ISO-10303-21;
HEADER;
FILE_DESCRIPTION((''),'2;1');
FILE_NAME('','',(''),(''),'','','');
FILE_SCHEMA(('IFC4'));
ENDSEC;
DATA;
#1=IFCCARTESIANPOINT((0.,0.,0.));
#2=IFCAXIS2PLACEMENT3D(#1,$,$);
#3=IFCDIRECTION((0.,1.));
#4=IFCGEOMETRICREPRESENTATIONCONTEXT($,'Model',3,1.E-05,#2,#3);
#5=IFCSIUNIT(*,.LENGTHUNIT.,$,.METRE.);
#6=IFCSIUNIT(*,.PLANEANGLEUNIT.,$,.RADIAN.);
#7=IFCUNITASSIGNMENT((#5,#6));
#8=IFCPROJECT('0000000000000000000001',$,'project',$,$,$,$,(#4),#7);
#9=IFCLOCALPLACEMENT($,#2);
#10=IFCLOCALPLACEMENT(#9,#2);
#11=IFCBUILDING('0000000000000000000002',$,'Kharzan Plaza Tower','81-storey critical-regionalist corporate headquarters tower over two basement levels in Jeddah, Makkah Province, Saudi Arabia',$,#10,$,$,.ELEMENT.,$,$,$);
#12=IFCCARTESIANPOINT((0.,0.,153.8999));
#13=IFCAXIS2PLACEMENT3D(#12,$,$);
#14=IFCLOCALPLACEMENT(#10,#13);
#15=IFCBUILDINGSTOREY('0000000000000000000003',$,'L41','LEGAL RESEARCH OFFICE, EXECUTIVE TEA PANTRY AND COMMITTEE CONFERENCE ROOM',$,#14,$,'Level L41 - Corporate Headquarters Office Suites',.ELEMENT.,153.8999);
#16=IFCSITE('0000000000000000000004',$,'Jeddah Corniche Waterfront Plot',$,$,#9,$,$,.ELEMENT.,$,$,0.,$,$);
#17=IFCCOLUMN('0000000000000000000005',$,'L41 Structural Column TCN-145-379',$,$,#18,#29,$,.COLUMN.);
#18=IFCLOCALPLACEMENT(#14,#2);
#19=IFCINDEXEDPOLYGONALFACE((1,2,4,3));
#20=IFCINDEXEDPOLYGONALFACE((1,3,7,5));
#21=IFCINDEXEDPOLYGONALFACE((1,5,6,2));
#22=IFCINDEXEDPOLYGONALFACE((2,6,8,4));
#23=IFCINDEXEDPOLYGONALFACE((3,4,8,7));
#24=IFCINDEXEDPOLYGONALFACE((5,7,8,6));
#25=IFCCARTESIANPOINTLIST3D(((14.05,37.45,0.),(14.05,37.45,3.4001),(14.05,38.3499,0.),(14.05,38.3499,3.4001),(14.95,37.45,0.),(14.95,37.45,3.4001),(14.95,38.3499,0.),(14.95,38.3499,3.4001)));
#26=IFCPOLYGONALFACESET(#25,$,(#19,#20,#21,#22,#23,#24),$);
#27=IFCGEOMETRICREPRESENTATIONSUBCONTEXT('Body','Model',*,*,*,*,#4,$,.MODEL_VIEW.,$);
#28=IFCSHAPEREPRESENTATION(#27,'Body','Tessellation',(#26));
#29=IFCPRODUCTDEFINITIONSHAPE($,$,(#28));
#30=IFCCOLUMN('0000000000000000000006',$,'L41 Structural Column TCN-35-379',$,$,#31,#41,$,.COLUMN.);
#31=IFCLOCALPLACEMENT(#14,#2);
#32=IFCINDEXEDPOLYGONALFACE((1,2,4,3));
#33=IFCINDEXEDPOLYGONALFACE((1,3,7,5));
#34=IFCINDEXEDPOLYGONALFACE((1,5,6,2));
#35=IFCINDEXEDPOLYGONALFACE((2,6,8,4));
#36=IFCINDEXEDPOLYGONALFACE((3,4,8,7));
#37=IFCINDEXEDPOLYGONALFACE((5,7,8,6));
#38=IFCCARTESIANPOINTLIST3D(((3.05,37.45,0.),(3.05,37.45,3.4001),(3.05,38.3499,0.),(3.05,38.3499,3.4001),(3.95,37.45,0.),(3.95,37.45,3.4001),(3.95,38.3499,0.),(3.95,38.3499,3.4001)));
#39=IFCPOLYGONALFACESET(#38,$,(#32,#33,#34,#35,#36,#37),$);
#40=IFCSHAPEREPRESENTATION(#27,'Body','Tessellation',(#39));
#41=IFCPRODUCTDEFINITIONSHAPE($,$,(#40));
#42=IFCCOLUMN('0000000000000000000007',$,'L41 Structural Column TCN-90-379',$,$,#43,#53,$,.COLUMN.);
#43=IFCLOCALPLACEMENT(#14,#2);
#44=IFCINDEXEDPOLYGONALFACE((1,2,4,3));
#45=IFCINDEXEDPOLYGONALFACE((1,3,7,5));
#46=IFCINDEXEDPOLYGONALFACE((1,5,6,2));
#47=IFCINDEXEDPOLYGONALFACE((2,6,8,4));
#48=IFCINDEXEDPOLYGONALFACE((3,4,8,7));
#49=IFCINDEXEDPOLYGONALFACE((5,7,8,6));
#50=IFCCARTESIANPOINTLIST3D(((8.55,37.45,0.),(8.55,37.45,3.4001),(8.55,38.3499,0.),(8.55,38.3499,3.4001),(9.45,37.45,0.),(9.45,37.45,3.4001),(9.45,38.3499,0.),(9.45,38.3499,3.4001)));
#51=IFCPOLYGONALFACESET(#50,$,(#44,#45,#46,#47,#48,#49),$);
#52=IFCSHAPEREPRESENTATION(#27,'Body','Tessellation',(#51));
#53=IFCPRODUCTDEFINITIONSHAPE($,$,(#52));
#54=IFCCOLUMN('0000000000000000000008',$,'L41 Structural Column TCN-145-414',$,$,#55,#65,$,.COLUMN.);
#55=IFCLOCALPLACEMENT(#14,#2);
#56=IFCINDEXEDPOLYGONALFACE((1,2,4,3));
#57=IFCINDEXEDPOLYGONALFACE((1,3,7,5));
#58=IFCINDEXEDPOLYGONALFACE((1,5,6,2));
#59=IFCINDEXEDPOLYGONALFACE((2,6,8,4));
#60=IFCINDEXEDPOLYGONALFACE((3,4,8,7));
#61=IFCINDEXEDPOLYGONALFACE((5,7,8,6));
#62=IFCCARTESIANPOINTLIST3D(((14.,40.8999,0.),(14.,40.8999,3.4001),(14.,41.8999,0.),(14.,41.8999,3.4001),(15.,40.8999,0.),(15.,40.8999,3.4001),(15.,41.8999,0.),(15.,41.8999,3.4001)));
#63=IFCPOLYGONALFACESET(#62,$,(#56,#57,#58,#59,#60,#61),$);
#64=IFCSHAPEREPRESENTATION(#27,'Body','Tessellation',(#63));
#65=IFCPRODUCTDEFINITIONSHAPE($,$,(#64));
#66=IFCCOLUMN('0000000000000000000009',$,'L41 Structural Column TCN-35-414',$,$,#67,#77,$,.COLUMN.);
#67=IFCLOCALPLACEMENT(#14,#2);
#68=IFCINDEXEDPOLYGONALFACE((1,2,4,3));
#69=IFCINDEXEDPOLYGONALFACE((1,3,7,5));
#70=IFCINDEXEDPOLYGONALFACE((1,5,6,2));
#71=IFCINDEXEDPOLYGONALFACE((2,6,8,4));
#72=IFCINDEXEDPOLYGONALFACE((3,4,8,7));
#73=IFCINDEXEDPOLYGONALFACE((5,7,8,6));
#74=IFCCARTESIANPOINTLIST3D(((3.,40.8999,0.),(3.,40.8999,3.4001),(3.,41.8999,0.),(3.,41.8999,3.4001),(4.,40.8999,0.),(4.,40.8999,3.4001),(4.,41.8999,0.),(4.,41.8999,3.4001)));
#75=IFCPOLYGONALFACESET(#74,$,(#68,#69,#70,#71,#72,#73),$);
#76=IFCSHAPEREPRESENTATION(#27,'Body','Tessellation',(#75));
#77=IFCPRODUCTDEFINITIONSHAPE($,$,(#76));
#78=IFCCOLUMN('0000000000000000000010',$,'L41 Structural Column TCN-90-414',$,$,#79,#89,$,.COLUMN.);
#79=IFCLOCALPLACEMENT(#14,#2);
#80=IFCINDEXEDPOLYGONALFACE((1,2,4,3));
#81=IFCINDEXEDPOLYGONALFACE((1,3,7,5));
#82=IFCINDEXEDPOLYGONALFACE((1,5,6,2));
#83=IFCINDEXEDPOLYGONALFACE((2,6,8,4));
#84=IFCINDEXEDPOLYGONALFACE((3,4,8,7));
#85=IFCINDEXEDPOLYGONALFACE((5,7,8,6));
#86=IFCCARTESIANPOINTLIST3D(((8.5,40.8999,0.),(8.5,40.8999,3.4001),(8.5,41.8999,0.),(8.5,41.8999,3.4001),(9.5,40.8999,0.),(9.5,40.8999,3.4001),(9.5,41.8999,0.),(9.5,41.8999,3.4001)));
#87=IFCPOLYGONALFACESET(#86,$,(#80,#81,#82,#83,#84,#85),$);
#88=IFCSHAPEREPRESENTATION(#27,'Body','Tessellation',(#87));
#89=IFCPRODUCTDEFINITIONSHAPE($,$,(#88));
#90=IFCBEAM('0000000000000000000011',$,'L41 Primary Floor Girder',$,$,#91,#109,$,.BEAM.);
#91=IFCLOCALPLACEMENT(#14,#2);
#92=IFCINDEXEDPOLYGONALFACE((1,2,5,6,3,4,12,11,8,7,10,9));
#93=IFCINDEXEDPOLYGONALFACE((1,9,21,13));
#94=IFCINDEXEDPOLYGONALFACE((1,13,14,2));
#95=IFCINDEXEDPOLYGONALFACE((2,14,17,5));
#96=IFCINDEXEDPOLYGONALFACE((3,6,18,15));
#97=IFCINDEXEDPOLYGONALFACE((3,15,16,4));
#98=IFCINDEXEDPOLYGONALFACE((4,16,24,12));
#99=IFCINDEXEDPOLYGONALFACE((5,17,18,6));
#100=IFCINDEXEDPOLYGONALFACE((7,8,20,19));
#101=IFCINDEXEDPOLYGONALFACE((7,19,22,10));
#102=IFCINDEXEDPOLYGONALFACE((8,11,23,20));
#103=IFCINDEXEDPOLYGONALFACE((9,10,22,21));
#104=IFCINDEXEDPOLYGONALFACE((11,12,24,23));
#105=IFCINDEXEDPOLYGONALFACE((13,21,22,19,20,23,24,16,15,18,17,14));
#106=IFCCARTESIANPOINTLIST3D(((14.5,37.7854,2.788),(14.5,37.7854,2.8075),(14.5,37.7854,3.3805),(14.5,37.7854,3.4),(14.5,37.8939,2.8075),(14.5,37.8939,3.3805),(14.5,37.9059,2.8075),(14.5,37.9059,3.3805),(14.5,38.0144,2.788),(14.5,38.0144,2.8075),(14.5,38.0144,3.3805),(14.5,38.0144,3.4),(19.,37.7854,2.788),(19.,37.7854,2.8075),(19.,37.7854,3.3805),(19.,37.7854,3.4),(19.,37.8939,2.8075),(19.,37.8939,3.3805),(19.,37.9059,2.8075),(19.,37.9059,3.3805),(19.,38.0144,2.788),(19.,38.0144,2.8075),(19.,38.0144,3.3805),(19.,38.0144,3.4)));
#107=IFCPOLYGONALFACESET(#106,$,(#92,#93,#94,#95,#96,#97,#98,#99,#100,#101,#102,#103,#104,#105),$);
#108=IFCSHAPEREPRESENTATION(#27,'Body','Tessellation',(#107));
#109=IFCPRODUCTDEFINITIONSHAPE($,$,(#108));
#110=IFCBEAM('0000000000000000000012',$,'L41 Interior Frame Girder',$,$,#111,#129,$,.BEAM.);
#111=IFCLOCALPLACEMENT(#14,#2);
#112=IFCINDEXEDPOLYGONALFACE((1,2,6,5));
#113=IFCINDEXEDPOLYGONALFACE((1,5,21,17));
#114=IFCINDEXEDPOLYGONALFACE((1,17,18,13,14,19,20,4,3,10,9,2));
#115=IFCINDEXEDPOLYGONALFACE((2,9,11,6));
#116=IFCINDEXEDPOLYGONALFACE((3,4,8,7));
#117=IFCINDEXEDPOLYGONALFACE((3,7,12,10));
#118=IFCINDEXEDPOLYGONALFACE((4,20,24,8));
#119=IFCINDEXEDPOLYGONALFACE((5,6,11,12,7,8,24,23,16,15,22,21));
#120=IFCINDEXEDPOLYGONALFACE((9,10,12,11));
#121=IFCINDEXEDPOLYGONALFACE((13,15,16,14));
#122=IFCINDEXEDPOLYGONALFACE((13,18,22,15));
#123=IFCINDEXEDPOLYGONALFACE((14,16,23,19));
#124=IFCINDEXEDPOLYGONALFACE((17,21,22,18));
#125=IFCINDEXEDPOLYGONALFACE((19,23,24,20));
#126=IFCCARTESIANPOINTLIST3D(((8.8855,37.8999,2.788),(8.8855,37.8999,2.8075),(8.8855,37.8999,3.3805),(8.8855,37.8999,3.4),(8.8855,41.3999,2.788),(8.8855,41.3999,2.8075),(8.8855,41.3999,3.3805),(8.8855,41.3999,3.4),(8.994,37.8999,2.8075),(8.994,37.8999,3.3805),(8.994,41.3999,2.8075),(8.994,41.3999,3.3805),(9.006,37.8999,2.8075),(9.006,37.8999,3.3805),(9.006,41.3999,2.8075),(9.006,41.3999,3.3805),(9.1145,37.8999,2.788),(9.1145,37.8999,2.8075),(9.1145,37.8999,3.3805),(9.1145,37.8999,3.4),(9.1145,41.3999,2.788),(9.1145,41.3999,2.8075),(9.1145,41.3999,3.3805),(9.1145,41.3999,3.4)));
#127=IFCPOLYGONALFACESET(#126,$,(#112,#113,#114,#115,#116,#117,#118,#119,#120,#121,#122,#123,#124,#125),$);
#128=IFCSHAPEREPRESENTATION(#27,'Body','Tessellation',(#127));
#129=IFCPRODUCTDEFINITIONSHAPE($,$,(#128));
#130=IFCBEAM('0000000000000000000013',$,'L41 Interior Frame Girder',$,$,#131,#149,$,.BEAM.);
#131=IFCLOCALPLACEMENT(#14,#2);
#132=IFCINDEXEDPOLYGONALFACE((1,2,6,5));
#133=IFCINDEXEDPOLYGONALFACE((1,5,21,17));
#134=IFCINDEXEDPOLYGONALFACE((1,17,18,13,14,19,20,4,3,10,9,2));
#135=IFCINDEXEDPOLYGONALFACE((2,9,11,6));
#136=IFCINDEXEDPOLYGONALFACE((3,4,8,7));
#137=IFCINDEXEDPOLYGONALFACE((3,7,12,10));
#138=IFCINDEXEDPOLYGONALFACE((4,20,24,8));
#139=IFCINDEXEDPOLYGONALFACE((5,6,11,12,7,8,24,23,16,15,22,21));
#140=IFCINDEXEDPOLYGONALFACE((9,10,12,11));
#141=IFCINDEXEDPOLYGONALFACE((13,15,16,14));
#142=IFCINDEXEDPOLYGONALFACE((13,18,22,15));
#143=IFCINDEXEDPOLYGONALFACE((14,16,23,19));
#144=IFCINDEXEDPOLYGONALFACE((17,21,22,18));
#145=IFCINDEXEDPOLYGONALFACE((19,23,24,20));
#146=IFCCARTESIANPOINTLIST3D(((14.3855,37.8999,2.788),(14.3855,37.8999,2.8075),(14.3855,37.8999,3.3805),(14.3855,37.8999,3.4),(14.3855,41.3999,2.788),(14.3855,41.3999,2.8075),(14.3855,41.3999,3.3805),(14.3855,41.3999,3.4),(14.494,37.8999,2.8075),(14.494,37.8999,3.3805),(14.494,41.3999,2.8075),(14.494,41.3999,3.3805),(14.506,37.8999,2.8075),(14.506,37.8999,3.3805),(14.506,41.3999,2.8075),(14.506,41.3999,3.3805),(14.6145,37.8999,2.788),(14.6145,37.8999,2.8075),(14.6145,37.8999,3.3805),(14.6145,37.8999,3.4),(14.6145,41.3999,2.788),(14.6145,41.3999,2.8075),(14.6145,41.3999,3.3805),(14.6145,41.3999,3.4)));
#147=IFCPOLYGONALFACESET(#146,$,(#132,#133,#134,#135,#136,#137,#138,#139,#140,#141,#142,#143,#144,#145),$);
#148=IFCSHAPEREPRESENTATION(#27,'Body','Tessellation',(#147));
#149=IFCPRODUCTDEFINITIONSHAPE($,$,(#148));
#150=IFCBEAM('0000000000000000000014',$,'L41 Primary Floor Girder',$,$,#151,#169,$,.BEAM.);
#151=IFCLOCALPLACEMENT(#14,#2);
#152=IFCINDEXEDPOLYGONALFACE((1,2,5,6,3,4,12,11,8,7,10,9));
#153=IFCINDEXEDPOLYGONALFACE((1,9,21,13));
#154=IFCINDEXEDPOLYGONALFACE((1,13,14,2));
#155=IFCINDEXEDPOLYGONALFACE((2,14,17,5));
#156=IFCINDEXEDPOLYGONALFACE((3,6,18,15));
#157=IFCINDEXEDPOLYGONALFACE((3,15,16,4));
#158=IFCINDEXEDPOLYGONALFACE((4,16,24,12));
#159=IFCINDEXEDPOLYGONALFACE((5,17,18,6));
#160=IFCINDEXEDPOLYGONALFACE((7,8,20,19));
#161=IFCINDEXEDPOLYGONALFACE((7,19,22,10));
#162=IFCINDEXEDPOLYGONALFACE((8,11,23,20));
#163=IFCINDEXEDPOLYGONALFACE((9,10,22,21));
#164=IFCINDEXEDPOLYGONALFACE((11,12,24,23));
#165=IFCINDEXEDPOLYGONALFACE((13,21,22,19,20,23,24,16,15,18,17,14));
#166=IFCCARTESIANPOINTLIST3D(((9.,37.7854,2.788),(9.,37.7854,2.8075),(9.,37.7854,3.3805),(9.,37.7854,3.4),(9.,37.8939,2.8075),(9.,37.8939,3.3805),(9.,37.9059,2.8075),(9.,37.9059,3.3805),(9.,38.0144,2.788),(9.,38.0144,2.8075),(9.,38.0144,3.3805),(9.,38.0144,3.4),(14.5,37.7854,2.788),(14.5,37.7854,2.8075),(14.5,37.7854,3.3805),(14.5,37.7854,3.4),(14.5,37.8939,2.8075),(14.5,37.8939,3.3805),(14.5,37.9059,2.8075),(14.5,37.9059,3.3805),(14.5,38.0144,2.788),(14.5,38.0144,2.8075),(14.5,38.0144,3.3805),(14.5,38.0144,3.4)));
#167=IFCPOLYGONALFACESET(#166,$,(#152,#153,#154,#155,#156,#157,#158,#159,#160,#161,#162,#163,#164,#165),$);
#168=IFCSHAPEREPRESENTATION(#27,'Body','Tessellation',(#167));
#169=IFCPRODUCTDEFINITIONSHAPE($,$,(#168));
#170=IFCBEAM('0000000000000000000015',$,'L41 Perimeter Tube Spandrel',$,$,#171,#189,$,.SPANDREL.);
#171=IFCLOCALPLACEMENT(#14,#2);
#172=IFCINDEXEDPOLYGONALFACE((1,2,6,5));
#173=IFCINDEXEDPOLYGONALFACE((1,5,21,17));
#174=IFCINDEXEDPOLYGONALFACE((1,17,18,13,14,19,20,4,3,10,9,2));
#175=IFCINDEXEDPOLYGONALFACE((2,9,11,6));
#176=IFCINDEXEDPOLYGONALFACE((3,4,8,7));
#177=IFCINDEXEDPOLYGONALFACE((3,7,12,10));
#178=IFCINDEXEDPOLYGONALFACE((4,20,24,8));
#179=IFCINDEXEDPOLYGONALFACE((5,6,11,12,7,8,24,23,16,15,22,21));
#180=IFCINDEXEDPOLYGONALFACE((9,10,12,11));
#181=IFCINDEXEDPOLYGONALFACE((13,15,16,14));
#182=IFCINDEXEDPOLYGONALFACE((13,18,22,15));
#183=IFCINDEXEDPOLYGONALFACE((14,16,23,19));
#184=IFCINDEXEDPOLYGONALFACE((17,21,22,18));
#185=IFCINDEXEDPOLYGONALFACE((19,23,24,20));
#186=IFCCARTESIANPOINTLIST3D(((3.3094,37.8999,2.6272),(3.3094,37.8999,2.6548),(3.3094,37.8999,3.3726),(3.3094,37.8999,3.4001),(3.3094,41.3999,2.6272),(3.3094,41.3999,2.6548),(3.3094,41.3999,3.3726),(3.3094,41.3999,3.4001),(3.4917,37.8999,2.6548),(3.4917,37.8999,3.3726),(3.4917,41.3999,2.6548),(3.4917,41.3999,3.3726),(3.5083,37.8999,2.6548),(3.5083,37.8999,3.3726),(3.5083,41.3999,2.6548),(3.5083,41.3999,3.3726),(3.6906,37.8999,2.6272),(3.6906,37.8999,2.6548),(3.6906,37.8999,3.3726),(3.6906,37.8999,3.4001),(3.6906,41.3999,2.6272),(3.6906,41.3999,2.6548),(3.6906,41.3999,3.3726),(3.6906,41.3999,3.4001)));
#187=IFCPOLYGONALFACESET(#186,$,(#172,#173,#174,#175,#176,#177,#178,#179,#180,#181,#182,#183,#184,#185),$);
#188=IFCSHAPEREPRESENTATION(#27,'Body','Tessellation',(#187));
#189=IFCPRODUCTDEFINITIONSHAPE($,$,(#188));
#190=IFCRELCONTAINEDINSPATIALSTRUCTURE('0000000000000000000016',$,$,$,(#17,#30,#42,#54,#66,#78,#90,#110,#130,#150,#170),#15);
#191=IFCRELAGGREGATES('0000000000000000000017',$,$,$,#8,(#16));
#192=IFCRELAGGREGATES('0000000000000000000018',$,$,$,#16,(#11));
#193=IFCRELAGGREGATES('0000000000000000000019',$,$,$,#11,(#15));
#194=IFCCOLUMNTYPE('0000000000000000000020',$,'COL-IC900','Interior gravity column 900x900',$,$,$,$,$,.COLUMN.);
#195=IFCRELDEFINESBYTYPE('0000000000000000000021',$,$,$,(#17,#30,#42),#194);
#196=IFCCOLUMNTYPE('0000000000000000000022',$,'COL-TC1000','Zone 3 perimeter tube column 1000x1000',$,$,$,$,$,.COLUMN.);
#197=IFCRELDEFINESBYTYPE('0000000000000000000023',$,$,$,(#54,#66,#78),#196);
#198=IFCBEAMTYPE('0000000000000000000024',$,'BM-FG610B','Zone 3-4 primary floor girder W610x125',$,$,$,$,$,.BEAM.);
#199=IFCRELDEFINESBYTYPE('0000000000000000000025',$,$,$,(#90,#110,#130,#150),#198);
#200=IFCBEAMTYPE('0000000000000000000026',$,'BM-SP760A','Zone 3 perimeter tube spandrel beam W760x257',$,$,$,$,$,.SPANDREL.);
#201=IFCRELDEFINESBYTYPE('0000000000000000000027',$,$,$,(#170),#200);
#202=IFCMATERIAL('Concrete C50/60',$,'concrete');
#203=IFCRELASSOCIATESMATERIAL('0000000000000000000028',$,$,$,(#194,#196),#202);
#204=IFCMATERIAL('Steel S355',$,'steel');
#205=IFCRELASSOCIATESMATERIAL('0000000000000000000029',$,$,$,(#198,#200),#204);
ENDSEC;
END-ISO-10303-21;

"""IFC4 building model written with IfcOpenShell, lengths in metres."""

from ifc_helpers import new_model, si_unit, direction, frame, origin, origin_2d, place, context, subcontext, project, spatial, rectangle, i_section, extrude, source, transform, mapped, material, material_profile, profile_set, type_object, element, save


model = new_model("IFC4")

# Units and contexts
model_context = context("Model", 3, precision=1e-05, world=origin(), true_north=direction((0.0, 1.0)))
body_context = subcontext(model_context, "Body", "Model", "MODEL_VIEW")
ifc_project = project(units=[si_unit("LENGTHUNIT", "METRE"), si_unit("PLANEANGLEUNIT", "RADIAN")], contexts=[model_context])

# Site, building, storey
site_placement = place(None, origin())
site = spatial("IfcSite", under=ifc_project, at=site_placement, Name="Jeddah Corniche Waterfront Plot", CompositionType="ELEMENT", RefElevation=0.0)
building_placement = place(site_placement, origin())
building = spatial("IfcBuilding", under=site, at=building_placement, Name="Kharzan Plaza Tower", Description="81-storey critical-regionalist corporate headquarters tower over two basement levels in Jeddah, Makkah Province, Saudi Arabia", CompositionType="ELEMENT")
storey_placement = place(building_placement, frame((0.0, 0.0, 153.8999)))
storey = spatial("IfcBuildingStorey", under=building, at=storey_placement, Name="L41", Description="LEGAL RESEARCH OFFICE, EXECUTIVE TEA PANTRY AND COMMITTEE CONFERENCE ROOM", LongName="Level L41 - Corporate Headquarters Office Suites", CompositionType="ELEMENT", Elevation=153.8999)

# Columns
ifc_material_1 = material(Name="Concrete C50/60", Category="concrete")
ifc_material_profile_1 = material_profile(ifc_material_1, rectangle(XDim=0.8999, YDim=0.8999, at=origin_2d()), Name="RC-IC900x900")
ifc_profile_set_1 = profile_set([ifc_material_profile_1], Name="Concrete C50/60")
column_type_1 = type_object("IfcColumnType", Name="COL-IC900", Description="Interior gravity column 900x900", PredefinedType="COLUMN", material=ifc_profile_set_1)
shared_shape_1 = source(origin(), body_context, "Body", "SweptSolid", [
    extrude(rectangle(XDim=0.8999, YDim=0.8999, at=origin_2d()), origin(), (0.0, 0.0, 1.0), 3.4001),
])
for number, where, z_axis, x_axis, name in (
    (1, (14.5, 37.8999, 0.0), (0.0, 0.0, 1.0), (1.0, 0.0, 0.0), "L41 Structural Column TCN-145-379"),
    (2, (3.5, 37.8999, 0.0), (0.0, 0.0, 1.0), (1.0, 0.0, 0.0), "L41 Structural Column TCN-35-379"),
    (3, (9.0, 37.8999, 0.0), (0.0, 0.0, 1.0), (1.0, 0.0, 0.0), "L41 Structural Column TCN-90-379"),
):
    element("IfcColumn", number, at=place(storey_placement, frame(where, z_axis=z_axis, x_axis=x_axis)), inside=storey, type_object=column_type_1, Name=name, PredefinedType="COLUMN", context=body_context, shape_type="MappedRepresentation", body=[
        mapped(shared_shape_1, transform((0.0, 0.0, 0.0), x_axis=(1.0, 0.0, 0.0), y_axis=(0.0, 1.0, 0.0), z_axis=(0.0, 0.0, 1.0))),
    ])
ifc_material_profile_2 = material_profile(ifc_material_1, rectangle(XDim=1.0, YDim=1.0, at=origin_2d()), Name="RC-TC1000x1000")
ifc_profile_set_2 = profile_set([ifc_material_profile_2], Name="Concrete C50/60")
column_type_2 = type_object("IfcColumnType", Name="COL-TC1000", Description="Zone 3 perimeter tube column 1000x1000", PredefinedType="COLUMN", material=ifc_profile_set_2)
shared_shape_2 = source(origin(), body_context, "Body", "SweptSolid", [
    extrude(rectangle(XDim=1.0, YDim=1.0, at=origin_2d()), origin(), (0.0, 0.0, 1.0), 3.4001),
])
for number, where, z_axis, x_axis, name in (
    (4, (14.5, 41.3999, 0.0), (0.0, 0.0, 1.0), (1.0, 0.0, 0.0), "L41 Structural Column TCN-145-414"),
    (5, (3.5, 41.3999, 0.0), (0.0, 0.0, 1.0), (1.0, 0.0, 0.0), "L41 Structural Column TCN-35-414"),
    (6, (9.0, 41.3999, 0.0), (0.0, 0.0, 1.0), (1.0, 0.0, 0.0), "L41 Structural Column TCN-90-414"),
):
    element("IfcColumn", number, at=place(storey_placement, frame(where, z_axis=z_axis, x_axis=x_axis)), inside=storey, type_object=column_type_2, Name=name, PredefinedType="COLUMN", context=body_context, shape_type="MappedRepresentation", body=[
        mapped(shared_shape_2, transform((0.0, 0.0, 0.0), x_axis=(1.0, 0.0, 0.0), y_axis=(0.0, 1.0, 0.0), z_axis=(0.0, 0.0, 1.0))),
    ])

# Beams
ifc_material_2 = material(Name="Steel S355", Category="steel")
ifc_material_profile_3 = material_profile(ifc_material_2, i_section(OverallWidth=0.229, OverallDepth=0.6121, WebThickness=0.012, FlangeThickness=0.0195, at=origin_2d()), Name="W610x125")
ifc_profile_set_3 = profile_set([ifc_material_profile_3], Name="Steel S355")
beam_type_1 = type_object("IfcBeamType", Name="BM-FG610B", Description="Zone 3-4 primary floor girder W610x125", PredefinedType="BEAM", material=ifc_profile_set_3)
shared_shape_3 = source(origin(), body_context, "Body", "SweptSolid", [
    extrude(i_section(OverallWidth=0.229, OverallDepth=0.6121, WebThickness=0.012, FlangeThickness=0.0195, at=origin_2d()), origin(), (0.0, 0.0, 1.0), 4.5),
])
beam_1_placement = place(storey_placement, frame((14.5, 37.8999, 3.094), z_axis=(1.0, 0.0, 0.0), x_axis=(0.0, 1.0, 0.0)))
element("IfcBeam", 7, at=beam_1_placement, inside=storey, type_object=beam_type_1, Name="L41 Primary Floor Girder", PredefinedType="BEAM", context=body_context, shape_type="MappedRepresentation", body=[
    mapped(shared_shape_3, transform((0.0, 0.0, 0.0), x_axis=(1.0, 0.0, 0.0), y_axis=(0.0, 1.0, 0.0), z_axis=(0.0, 0.0, 1.0))),
])
shared_shape_4 = source(origin(), body_context, "Body", "SweptSolid", [
    extrude(i_section(OverallWidth=0.229, OverallDepth=0.6121, WebThickness=0.012, FlangeThickness=0.0195, at=origin_2d()), origin(), (0.0, 0.0, 1.0), 3.5),
])
for number, where, z_axis, x_axis, name in (
    (8, (9.0, 37.8999, 3.094), (0.0, 1.0, 0.0), (-1.0, 0.0, 0.0), "L41 Interior Frame Girder"),
    (9, (14.5, 37.8999, 3.094), (0.0, 1.0, 0.0), (-1.0, 0.0, 0.0), "L41 Interior Frame Girder"),
):
    element("IfcBeam", number, at=place(storey_placement, frame(where, z_axis=z_axis, x_axis=x_axis)), inside=storey, type_object=beam_type_1, Name=name, PredefinedType="BEAM", context=body_context, shape_type="MappedRepresentation", body=[
        mapped(shared_shape_4, transform((0.0, 0.0, 0.0), x_axis=(1.0, 0.0, 0.0), y_axis=(0.0, 1.0, 0.0), z_axis=(0.0, 0.0, 1.0))),
    ])
shared_shape_5 = source(origin(), body_context, "Body", "SweptSolid", [
    extrude(i_section(OverallWidth=0.229, OverallDepth=0.6121, WebThickness=0.012, FlangeThickness=0.0195, at=origin_2d()), origin(), (0.0, 0.0, 1.0), 5.5),
])
beam_2_placement = place(storey_placement, frame((9.0, 37.8999, 3.094), z_axis=(1.0, 0.0, 0.0), x_axis=(0.0, 1.0, 0.0)))
element("IfcBeam", 10, at=beam_2_placement, inside=storey, type_object=beam_type_1, Name="L41 Primary Floor Girder", PredefinedType="BEAM", context=body_context, shape_type="MappedRepresentation", body=[
    mapped(shared_shape_5, transform((0.0, 0.0, 0.0), x_axis=(1.0, 0.0, 0.0), y_axis=(0.0, 1.0, 0.0), z_axis=(0.0, 0.0, 1.0))),
])
ifc_material_profile_4 = material_profile(ifc_material_2, i_section(OverallWidth=0.3811, OverallDepth=0.7729, WebThickness=0.0166, FlangeThickness=0.0276, at=origin_2d()), Name="W760x257")
ifc_profile_set_4 = profile_set([ifc_material_profile_4], Name="Steel S355")
beam_type_2 = type_object("IfcBeamType", Name="BM-SP760A", Description="Zone 3 perimeter tube spandrel beam W760x257", PredefinedType="SPANDREL", material=ifc_profile_set_4)
shared_shape_6 = source(origin(), body_context, "Body", "SweptSolid", [
    extrude(i_section(OverallWidth=0.3811, OverallDepth=0.7729, WebThickness=0.0166, FlangeThickness=0.0276, at=origin_2d()), origin(), (0.0, 0.0, 1.0), 3.5),
])
beam_3_placement = place(storey_placement, frame((3.5, 37.8999, 3.0137), z_axis=(0.0, 1.0, 0.0), x_axis=(-1.0, 0.0, 0.0)))
element("IfcBeam", 11, at=beam_3_placement, inside=storey, type_object=beam_type_2, Name="L41 Perimeter Tube Spandrel", PredefinedType="SPANDREL", context=body_context, shape_type="MappedRepresentation", body=[
    mapped(shared_shape_6, transform((0.0, 0.0, 0.0), x_axis=(1.0, 0.0, 0.0), y_axis=(0.0, 1.0, 0.0), z_axis=(0.0, 0.0, 1.0))),
])

save(model, "model.ifc")
